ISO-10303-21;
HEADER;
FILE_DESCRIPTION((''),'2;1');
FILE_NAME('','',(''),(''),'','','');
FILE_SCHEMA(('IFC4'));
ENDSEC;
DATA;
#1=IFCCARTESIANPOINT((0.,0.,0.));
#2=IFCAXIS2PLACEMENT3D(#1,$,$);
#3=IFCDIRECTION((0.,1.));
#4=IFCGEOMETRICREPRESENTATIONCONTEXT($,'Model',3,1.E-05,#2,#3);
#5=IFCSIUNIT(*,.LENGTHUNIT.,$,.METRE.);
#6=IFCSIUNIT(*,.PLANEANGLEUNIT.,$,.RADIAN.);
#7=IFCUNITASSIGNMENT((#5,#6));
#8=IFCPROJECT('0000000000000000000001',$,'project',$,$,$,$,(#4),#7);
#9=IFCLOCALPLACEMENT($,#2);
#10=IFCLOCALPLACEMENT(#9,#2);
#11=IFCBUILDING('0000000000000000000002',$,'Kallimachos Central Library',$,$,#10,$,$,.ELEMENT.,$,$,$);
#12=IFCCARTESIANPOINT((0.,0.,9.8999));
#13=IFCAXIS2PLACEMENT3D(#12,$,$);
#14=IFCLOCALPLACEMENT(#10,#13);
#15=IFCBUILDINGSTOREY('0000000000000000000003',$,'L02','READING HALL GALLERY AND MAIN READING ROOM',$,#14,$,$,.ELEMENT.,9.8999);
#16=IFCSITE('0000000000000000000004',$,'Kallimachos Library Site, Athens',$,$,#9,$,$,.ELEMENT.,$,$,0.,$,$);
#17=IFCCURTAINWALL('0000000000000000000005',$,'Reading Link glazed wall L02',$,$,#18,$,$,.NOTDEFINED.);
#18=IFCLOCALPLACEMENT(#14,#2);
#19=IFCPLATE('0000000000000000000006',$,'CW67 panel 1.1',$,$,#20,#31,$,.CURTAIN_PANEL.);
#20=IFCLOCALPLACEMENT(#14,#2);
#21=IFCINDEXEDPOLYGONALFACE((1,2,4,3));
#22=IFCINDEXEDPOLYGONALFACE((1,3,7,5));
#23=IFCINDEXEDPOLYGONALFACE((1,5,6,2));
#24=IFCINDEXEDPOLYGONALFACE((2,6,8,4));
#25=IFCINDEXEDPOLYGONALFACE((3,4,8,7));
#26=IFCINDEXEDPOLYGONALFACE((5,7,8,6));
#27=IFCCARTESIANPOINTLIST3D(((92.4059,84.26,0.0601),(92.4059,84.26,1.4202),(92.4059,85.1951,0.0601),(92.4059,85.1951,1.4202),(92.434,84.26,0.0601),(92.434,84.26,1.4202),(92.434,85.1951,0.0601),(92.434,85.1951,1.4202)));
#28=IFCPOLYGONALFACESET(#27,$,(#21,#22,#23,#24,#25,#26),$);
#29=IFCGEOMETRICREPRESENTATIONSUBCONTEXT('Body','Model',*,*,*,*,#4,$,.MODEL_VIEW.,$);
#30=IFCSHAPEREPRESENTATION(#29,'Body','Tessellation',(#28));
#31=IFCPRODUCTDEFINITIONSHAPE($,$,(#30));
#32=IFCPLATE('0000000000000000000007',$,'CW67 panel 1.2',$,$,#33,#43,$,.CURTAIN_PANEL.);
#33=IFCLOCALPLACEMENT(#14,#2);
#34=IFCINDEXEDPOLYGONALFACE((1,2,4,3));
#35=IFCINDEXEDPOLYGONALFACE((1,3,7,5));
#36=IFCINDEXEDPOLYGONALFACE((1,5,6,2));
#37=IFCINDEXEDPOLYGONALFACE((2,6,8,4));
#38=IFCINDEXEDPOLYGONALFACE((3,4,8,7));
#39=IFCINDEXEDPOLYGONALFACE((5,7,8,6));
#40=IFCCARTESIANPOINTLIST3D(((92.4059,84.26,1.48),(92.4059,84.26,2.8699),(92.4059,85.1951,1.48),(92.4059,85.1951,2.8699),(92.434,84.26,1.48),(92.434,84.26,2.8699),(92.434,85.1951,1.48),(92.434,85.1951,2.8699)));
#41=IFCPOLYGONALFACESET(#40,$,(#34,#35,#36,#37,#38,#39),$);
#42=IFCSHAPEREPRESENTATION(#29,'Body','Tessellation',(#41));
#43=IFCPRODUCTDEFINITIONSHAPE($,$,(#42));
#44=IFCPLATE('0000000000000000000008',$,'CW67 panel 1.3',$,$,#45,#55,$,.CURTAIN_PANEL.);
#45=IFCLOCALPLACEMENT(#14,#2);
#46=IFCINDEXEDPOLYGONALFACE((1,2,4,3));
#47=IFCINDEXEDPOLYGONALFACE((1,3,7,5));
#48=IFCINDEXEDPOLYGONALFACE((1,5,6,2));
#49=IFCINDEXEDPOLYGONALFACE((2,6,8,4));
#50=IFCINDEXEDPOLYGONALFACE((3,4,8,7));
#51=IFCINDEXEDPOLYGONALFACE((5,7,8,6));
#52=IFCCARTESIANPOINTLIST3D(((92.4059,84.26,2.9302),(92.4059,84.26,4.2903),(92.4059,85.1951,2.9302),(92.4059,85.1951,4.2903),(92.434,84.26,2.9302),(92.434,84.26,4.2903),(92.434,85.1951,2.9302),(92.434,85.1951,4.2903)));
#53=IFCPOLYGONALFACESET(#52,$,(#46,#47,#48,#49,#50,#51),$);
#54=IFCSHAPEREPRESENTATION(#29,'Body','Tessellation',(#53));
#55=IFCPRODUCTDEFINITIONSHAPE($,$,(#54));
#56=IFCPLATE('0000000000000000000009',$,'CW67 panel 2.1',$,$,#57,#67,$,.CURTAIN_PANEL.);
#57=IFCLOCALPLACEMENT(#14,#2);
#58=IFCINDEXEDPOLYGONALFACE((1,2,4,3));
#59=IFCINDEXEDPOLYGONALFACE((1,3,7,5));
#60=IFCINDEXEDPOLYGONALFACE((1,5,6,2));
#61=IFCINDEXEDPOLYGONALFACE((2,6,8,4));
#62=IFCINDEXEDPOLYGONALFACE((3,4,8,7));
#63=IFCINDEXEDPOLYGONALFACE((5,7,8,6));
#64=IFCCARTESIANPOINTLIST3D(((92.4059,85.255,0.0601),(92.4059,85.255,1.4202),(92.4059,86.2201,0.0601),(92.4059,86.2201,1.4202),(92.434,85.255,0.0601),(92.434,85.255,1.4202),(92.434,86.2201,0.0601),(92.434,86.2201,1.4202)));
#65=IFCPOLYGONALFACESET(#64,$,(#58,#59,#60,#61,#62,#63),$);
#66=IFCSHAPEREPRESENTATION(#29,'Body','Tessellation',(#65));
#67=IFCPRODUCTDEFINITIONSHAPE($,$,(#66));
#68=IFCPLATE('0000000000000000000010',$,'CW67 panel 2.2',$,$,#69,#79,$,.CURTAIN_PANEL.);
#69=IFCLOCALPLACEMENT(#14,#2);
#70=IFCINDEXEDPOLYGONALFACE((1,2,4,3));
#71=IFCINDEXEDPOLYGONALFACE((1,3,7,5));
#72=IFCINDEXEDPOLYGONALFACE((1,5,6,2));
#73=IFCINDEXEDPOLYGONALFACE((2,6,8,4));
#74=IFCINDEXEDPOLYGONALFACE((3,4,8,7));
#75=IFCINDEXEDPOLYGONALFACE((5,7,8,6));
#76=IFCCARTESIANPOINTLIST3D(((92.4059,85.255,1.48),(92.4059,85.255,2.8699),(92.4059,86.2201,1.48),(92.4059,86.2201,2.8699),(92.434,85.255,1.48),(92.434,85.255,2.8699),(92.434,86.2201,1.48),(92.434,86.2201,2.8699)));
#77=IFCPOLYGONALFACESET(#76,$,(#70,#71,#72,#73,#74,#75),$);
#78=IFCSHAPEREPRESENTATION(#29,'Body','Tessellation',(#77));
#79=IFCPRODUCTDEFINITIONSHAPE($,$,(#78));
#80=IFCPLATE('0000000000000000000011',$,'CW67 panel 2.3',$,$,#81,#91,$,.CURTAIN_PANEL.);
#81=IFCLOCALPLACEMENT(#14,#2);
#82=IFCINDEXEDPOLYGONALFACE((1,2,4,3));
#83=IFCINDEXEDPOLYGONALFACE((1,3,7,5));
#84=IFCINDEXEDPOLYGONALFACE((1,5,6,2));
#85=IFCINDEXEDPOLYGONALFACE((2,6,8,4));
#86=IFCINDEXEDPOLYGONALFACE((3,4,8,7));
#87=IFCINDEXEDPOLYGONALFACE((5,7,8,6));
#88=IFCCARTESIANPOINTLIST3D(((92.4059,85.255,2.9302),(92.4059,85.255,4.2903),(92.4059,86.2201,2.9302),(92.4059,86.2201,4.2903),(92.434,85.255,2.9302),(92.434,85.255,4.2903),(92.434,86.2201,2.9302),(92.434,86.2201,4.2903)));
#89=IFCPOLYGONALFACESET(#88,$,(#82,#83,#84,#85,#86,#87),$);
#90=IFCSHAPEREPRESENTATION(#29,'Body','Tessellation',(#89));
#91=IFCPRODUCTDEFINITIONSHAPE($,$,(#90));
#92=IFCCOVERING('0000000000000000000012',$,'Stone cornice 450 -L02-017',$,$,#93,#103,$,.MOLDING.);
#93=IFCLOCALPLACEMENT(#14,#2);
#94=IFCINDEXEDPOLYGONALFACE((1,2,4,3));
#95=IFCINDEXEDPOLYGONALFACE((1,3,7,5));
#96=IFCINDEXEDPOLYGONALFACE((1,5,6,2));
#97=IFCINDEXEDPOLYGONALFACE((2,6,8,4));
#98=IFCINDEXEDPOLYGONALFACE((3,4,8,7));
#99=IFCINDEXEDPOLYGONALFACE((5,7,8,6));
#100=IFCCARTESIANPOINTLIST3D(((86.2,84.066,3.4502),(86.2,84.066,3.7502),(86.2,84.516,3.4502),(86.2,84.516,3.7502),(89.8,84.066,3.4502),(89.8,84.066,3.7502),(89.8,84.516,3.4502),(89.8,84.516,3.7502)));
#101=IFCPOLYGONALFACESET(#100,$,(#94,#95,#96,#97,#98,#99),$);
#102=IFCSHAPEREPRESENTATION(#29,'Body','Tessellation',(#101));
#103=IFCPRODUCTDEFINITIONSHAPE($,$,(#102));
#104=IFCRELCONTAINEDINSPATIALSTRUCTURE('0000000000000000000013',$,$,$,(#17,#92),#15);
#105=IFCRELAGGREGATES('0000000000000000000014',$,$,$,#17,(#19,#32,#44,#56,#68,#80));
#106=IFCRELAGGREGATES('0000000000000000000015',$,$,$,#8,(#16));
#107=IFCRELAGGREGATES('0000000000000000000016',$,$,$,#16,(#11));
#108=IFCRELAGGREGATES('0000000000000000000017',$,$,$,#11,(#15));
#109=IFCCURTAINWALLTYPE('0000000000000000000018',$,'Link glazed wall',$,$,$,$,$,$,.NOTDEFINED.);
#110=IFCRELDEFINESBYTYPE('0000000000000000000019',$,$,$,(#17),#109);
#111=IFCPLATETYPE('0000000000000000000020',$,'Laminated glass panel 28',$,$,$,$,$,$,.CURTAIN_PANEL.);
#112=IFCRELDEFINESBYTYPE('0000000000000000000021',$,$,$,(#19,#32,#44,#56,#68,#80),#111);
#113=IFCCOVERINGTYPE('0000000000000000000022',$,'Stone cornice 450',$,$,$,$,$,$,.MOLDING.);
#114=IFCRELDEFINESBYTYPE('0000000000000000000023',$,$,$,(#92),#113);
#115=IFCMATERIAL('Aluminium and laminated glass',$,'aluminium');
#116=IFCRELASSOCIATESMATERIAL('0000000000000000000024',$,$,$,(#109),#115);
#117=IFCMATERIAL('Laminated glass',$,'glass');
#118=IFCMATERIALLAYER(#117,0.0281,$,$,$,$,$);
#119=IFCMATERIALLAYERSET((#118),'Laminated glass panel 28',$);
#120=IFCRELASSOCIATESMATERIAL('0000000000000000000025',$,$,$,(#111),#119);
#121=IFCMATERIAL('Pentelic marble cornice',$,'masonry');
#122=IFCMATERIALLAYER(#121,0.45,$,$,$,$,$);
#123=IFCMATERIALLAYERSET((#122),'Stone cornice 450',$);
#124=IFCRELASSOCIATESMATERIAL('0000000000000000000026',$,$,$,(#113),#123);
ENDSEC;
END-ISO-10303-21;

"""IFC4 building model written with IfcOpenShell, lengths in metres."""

from ifc_helpers import new_model, si_unit, direction, frame, origin, origin_2d, place, context, subcontext, project, spatial, rectangle, extrude, material, layer, layer_set, type_object, element, aggregate, save


model = new_model("IFC4")

# Units and contexts
model_context = context("Model", 3, precision=1e-05, world=origin(), true_north=direction((0.0, 1.0)))
body_context = subcontext(model_context, "Body", "Model", "MODEL_VIEW")
ifc_project = project(units=[si_unit("LENGTHUNIT", "METRE"), si_unit("PLANEANGLEUNIT", "RADIAN")], contexts=[model_context])

# Site, building, storey
site_placement = place(None, origin())
site = spatial("IfcSite", under=ifc_project, at=site_placement, Name="Kallimachos Library Site, Athens", CompositionType="ELEMENT", RefElevation=0.0)
building_placement = place(site_placement, origin())
building = spatial("IfcBuilding", under=site, at=building_placement, Name="Kallimachos Central Library", CompositionType="ELEMENT")
storey_placement = place(building_placement, frame((0.0, 0.0, 9.8999)))
storey = spatial("IfcBuildingStorey", under=building, at=storey_placement, Name="L02", Description="READING HALL GALLERY AND MAIN READING ROOM", CompositionType="ELEMENT", Elevation=9.8999)

# Curtain wall
ifc_material_1 = material(Name="Aluminium and laminated glass", Category="aluminium")
curtain_wall_type = type_object("IfcCurtainWallType", Name="Link glazed wall", PredefinedType="NOTDEFINED", material=ifc_material_1)
curtain_wall_placement = place(storey_placement, origin())
curtain_wall = element("IfcCurtainWall", 1, at=curtain_wall_placement, inside=storey, type_object=curtain_wall_type, Name="Reading Link glazed wall L02", PredefinedType="NOTDEFINED")

# Plates
ifc_material_2 = material(Name="Laminated glass", Category="glass")
ifc_layer_1 = layer(ifc_material_2, 0.0281)
ifc_layer_set_1 = layer_set([ifc_layer_1], Name="Laminated glass panel 28")
plate_type = type_object("IfcPlateType", Name="Laminated glass panel 28", PredefinedType="CURTAIN_PANEL", material=ifc_layer_set_1)
plate_1_placement = place(storey_placement, frame((92.4199, 84.7275, 0.0601), z_axis=(0.0, 0.0, 1.0), x_axis=(0.0, 1.0, 0.0)))
plate_1 = element("IfcPlate", 2, at=plate_1_placement, type_object=plate_type, Name="CW67 panel 1.1", PredefinedType="CURTAIN_PANEL", context=body_context, shape_type="SweptSolid", body=[
    extrude(rectangle(XDim=0.9351, YDim=0.0281, at=origin_2d()), origin(), (0.0, 0.0, 1.0), 1.3601),
])
plate_2_placement = place(storey_placement, frame((92.4199, 84.7275, 1.48), z_axis=(0.0, 0.0, 1.0), x_axis=(0.0, 1.0, 0.0)))
plate_2 = element("IfcPlate", 3, at=plate_2_placement, type_object=plate_type, Name="CW67 panel 1.2", PredefinedType="CURTAIN_PANEL", context=body_context, shape_type="SweptSolid", body=[
    extrude(rectangle(XDim=0.9351, YDim=0.0281, at=origin_2d()), origin(), (0.0, 0.0, 1.0), 1.3899),
])
plate_3_placement = place(storey_placement, frame((92.4199, 84.7275, 2.9302), z_axis=(0.0, 0.0, 1.0), x_axis=(0.0, 1.0, 0.0)))
plate_3 = element("IfcPlate", 4, at=plate_3_placement, type_object=plate_type, Name="CW67 panel 1.3", PredefinedType="CURTAIN_PANEL", context=body_context, shape_type="SweptSolid", body=[
    extrude(rectangle(XDim=0.9351, YDim=0.0281, at=origin_2d()), origin(), (0.0, 0.0, 1.0), 1.3601),
])
plate_4_placement = place(storey_placement, frame((92.4199, 85.7375, 0.0601), z_axis=(0.0, 0.0, 1.0), x_axis=(0.0, 1.0, 0.0)))
plate_4 = element("IfcPlate", 5, at=plate_4_placement, type_object=plate_type, Name="CW67 panel 2.1", PredefinedType="CURTAIN_PANEL", context=body_context, shape_type="SweptSolid", body=[
    extrude(rectangle(XDim=0.9651, YDim=0.0281, at=origin_2d()), origin(), (0.0, 0.0, 1.0), 1.3601),
])
plate_5_placement = place(storey_placement, frame((92.4199, 85.7375, 1.48), z_axis=(0.0, 0.0, 1.0), x_axis=(0.0, 1.0, 0.0)))
plate_5 = element("IfcPlate", 6, at=plate_5_placement, type_object=plate_type, Name="CW67 panel 2.2", PredefinedType="CURTAIN_PANEL", context=body_context, shape_type="SweptSolid", body=[
    extrude(rectangle(XDim=0.9651, YDim=0.0281, at=origin_2d()), origin(), (0.0, 0.0, 1.0), 1.3899),
])
plate_6_placement = place(storey_placement, frame((92.4199, 85.7375, 2.9302), z_axis=(0.0, 0.0, 1.0), x_axis=(0.0, 1.0, 0.0)))
plate_6 = element("IfcPlate", 7, at=plate_6_placement, type_object=plate_type, Name="CW67 panel 2.3", PredefinedType="CURTAIN_PANEL", context=body_context, shape_type="SweptSolid", body=[
    extrude(rectangle(XDim=0.9651, YDim=0.0281, at=origin_2d()), origin(), (0.0, 0.0, 1.0), 1.3601),
])
aggregate(curtain_wall, [plate_1, plate_2, plate_3, plate_4, plate_5, plate_6])

# Covering
ifc_material_3 = material(Name="Pentelic marble cornice", Category="masonry")
ifc_layer_2 = layer(ifc_material_3, 0.45)
ifc_layer_set_2 = layer_set([ifc_layer_2], Name="Stone cornice 450")
covering_type = type_object("IfcCoveringType", Name="Stone cornice 450", PredefinedType="MOLDING", material=ifc_layer_set_2)
covering_placement = place(storey_placement, frame((88.0, 84.291, 3.4502), z_axis=(0.0, 0.0, 1.0), x_axis=(1.0, 0.0, 0.0)))
element("IfcCovering", 8, at=covering_placement, inside=storey, type_object=covering_type, Name="Stone cornice 450 -L02-017", PredefinedType="MOLDING", context=body_context, shape_type="SweptSolid", body=[
    extrude(rectangle(XDim=3.6001, YDim=0.45, at=origin_2d()), origin(), (0.0, 0.0, 1.0), 0.3),
])

save(model, "model.ifc")
